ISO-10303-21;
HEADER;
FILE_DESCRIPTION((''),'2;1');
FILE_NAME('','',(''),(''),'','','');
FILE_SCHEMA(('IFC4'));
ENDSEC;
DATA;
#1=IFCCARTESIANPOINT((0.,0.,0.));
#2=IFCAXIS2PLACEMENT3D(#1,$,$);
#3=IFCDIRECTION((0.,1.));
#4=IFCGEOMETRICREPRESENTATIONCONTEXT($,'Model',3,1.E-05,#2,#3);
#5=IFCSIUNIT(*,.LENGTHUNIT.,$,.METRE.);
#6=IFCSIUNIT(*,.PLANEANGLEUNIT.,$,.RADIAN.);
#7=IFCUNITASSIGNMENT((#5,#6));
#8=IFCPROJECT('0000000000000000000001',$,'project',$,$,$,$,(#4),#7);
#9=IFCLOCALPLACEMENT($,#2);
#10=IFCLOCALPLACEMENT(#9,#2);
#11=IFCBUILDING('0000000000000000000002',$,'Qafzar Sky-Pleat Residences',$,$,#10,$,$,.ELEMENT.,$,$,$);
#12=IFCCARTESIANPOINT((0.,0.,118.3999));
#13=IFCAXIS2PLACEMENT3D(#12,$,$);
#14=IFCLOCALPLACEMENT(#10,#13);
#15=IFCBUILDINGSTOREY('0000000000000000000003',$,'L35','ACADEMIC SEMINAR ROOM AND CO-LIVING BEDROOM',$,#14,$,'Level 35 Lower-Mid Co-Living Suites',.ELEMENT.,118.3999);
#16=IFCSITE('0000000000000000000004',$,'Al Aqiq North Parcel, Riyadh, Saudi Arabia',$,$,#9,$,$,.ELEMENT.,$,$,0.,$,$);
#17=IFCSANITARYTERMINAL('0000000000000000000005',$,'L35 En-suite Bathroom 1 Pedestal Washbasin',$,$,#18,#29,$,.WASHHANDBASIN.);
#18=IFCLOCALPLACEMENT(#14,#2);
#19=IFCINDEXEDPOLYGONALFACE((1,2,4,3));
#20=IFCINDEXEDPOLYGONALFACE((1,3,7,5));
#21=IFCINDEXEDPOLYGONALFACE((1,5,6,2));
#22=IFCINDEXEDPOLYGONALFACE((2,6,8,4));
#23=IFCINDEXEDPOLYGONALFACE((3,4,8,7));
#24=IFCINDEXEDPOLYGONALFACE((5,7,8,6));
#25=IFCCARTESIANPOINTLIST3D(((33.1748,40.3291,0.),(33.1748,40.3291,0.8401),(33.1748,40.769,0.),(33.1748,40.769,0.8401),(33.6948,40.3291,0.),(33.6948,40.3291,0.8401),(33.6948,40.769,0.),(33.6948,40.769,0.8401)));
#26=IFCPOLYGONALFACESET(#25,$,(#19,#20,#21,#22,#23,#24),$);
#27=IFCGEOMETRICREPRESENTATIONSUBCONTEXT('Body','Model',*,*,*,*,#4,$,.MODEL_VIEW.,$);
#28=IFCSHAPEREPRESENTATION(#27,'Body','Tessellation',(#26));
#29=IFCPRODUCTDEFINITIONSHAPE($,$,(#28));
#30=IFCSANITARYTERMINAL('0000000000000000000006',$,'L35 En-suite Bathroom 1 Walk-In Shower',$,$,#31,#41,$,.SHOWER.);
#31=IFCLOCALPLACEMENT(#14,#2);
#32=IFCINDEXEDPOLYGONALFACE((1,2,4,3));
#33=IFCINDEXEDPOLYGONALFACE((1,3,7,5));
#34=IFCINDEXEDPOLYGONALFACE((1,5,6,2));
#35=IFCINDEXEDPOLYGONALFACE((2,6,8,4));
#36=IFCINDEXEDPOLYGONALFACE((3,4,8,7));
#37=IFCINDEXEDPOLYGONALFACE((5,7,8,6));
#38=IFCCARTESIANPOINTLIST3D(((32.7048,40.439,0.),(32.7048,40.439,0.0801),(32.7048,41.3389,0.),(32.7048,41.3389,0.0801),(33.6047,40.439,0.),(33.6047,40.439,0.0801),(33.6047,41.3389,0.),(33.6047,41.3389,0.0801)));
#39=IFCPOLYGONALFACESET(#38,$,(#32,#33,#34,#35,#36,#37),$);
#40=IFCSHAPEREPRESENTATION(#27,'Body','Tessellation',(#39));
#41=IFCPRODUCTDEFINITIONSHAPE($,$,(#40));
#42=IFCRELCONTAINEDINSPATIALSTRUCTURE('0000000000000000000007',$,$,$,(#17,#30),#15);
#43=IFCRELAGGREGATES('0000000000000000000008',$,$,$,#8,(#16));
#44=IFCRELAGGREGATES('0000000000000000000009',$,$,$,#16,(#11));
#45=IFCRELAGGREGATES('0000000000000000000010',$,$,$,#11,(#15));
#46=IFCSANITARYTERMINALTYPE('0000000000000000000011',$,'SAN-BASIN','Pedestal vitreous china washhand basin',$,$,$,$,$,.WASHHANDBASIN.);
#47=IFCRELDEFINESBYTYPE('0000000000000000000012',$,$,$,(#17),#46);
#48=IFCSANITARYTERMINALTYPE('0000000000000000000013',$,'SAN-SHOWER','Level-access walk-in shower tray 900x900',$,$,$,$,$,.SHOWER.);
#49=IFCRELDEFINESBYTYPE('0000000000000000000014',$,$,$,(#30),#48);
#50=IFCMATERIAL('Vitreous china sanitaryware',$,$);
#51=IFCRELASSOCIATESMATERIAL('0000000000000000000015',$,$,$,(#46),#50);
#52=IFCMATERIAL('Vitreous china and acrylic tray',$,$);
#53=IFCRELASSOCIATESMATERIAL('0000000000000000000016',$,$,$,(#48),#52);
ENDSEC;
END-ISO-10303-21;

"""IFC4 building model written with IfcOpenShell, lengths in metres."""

from ifc_helpers import new_model, si_unit, direction, frame, origin, origin_2d, place, context, subcontext, project, spatial, rectangle, extrude, source, transform, mapped, material, type_object, element, save


model = new_model("IFC4")

# Units and contexts
model_context = context("Model", 3, precision=1e-05, world=origin(), true_north=direction((0.0, 1.0)))
body_context = subcontext(model_context, "Body", "Model", "MODEL_VIEW")
ifc_project = project(units=[si_unit("LENGTHUNIT", "METRE"), si_unit("PLANEANGLEUNIT", "RADIAN")], contexts=[model_context])

# Site, building, storey
site_placement = place(None, origin())
site = spatial("IfcSite", under=ifc_project, at=site_placement, Name="Al Aqiq North Parcel, Riyadh, Saudi Arabia", CompositionType="ELEMENT", RefElevation=0.0)
building_placement = place(site_placement, origin())
building = spatial("IfcBuilding", under=site, at=building_placement, Name="Qafzar Sky-Pleat Residences", CompositionType="ELEMENT")
storey_placement = place(building_placement, frame((0.0, 0.0, 118.3999)))
storey = spatial("IfcBuildingStorey", under=building, at=storey_placement, Name="L35", Description="ACADEMIC SEMINAR ROOM AND CO-LIVING BEDROOM", LongName="Level 35 Lower-Mid Co-Living Suites", CompositionType="ELEMENT", Elevation=118.3999)

# Sanitary terminals
ifc_material_1 = material(Name="Vitreous china sanitaryware")
sanitary_terminal_type_1 = type_object("IfcSanitaryTerminalType", Name="SAN-BASIN", Description="Pedestal vitreous china washhand basin", PredefinedType="WASHHANDBASIN", material=ifc_material_1)
shared_shape_1 = source(origin(), body_context, "Body", "SweptSolid", [
    extrude(rectangle(XDim=0.52, YDim=0.4399, at=origin_2d()), origin(), (0.0, 0.0, 1.0), 0.8401),
])
sanitary_terminal_1_placement = place(storey_placement, frame((33.4348, 40.5491, 0.0), z_axis=(0.0, 0.0, 1.0), x_axis=(1.0, 0.0, 0.0)))
element("IfcSanitaryTerminal", 1, at=sanitary_terminal_1_placement, inside=storey, type_object=sanitary_terminal_type_1, Name="L35 En-suite Bathroom 1 Pedestal Washbasin", PredefinedType="WASHHANDBASIN", context=body_context, shape_type="MappedRepresentation", body=[
    mapped(shared_shape_1, transform((0.0, 0.0, 0.0), x_axis=(1.0, 0.0, 0.0), y_axis=(0.0, 1.0, 0.0), z_axis=(0.0, 0.0, 1.0), scale=1.0)),
])
ifc_material_2 = material(Name="Vitreous china and acrylic tray")
sanitary_terminal_type_2 = type_object("IfcSanitaryTerminalType", Name="SAN-SHOWER", Description="Level-access walk-in shower tray 900x900", PredefinedType="SHOWER", material=ifc_material_2)
shared_shape_2 = source(origin(), body_context, "Body", "SweptSolid", [
    extrude(rectangle(XDim=0.8999, YDim=0.8999, at=origin_2d()), origin(), (0.0, 0.0, 1.0), 0.0801),
])
sanitary_terminal_2_placement = place(storey_placement, frame((33.1548, 40.8889, 0.0), z_axis=(0.0, 0.0, 1.0), x_axis=(1.0, 0.0, 0.0)))
element("IfcSanitaryTerminal", 2, at=sanitary_terminal_2_placement, inside=storey, type_object=sanitary_terminal_type_2, Name="L35 En-suite Bathroom 1 Walk-In Shower", PredefinedType="SHOWER", context=body_context, shape_type="MappedRepresentation", body=[
    mapped(shared_shape_2, transform((0.0, 0.0, 0.0), x_axis=(1.0, 0.0, 0.0), y_axis=(0.0, 1.0, 0.0), z_axis=(0.0, 0.0, 1.0), scale=1.0)),
])

save(model, "model.ifc")
